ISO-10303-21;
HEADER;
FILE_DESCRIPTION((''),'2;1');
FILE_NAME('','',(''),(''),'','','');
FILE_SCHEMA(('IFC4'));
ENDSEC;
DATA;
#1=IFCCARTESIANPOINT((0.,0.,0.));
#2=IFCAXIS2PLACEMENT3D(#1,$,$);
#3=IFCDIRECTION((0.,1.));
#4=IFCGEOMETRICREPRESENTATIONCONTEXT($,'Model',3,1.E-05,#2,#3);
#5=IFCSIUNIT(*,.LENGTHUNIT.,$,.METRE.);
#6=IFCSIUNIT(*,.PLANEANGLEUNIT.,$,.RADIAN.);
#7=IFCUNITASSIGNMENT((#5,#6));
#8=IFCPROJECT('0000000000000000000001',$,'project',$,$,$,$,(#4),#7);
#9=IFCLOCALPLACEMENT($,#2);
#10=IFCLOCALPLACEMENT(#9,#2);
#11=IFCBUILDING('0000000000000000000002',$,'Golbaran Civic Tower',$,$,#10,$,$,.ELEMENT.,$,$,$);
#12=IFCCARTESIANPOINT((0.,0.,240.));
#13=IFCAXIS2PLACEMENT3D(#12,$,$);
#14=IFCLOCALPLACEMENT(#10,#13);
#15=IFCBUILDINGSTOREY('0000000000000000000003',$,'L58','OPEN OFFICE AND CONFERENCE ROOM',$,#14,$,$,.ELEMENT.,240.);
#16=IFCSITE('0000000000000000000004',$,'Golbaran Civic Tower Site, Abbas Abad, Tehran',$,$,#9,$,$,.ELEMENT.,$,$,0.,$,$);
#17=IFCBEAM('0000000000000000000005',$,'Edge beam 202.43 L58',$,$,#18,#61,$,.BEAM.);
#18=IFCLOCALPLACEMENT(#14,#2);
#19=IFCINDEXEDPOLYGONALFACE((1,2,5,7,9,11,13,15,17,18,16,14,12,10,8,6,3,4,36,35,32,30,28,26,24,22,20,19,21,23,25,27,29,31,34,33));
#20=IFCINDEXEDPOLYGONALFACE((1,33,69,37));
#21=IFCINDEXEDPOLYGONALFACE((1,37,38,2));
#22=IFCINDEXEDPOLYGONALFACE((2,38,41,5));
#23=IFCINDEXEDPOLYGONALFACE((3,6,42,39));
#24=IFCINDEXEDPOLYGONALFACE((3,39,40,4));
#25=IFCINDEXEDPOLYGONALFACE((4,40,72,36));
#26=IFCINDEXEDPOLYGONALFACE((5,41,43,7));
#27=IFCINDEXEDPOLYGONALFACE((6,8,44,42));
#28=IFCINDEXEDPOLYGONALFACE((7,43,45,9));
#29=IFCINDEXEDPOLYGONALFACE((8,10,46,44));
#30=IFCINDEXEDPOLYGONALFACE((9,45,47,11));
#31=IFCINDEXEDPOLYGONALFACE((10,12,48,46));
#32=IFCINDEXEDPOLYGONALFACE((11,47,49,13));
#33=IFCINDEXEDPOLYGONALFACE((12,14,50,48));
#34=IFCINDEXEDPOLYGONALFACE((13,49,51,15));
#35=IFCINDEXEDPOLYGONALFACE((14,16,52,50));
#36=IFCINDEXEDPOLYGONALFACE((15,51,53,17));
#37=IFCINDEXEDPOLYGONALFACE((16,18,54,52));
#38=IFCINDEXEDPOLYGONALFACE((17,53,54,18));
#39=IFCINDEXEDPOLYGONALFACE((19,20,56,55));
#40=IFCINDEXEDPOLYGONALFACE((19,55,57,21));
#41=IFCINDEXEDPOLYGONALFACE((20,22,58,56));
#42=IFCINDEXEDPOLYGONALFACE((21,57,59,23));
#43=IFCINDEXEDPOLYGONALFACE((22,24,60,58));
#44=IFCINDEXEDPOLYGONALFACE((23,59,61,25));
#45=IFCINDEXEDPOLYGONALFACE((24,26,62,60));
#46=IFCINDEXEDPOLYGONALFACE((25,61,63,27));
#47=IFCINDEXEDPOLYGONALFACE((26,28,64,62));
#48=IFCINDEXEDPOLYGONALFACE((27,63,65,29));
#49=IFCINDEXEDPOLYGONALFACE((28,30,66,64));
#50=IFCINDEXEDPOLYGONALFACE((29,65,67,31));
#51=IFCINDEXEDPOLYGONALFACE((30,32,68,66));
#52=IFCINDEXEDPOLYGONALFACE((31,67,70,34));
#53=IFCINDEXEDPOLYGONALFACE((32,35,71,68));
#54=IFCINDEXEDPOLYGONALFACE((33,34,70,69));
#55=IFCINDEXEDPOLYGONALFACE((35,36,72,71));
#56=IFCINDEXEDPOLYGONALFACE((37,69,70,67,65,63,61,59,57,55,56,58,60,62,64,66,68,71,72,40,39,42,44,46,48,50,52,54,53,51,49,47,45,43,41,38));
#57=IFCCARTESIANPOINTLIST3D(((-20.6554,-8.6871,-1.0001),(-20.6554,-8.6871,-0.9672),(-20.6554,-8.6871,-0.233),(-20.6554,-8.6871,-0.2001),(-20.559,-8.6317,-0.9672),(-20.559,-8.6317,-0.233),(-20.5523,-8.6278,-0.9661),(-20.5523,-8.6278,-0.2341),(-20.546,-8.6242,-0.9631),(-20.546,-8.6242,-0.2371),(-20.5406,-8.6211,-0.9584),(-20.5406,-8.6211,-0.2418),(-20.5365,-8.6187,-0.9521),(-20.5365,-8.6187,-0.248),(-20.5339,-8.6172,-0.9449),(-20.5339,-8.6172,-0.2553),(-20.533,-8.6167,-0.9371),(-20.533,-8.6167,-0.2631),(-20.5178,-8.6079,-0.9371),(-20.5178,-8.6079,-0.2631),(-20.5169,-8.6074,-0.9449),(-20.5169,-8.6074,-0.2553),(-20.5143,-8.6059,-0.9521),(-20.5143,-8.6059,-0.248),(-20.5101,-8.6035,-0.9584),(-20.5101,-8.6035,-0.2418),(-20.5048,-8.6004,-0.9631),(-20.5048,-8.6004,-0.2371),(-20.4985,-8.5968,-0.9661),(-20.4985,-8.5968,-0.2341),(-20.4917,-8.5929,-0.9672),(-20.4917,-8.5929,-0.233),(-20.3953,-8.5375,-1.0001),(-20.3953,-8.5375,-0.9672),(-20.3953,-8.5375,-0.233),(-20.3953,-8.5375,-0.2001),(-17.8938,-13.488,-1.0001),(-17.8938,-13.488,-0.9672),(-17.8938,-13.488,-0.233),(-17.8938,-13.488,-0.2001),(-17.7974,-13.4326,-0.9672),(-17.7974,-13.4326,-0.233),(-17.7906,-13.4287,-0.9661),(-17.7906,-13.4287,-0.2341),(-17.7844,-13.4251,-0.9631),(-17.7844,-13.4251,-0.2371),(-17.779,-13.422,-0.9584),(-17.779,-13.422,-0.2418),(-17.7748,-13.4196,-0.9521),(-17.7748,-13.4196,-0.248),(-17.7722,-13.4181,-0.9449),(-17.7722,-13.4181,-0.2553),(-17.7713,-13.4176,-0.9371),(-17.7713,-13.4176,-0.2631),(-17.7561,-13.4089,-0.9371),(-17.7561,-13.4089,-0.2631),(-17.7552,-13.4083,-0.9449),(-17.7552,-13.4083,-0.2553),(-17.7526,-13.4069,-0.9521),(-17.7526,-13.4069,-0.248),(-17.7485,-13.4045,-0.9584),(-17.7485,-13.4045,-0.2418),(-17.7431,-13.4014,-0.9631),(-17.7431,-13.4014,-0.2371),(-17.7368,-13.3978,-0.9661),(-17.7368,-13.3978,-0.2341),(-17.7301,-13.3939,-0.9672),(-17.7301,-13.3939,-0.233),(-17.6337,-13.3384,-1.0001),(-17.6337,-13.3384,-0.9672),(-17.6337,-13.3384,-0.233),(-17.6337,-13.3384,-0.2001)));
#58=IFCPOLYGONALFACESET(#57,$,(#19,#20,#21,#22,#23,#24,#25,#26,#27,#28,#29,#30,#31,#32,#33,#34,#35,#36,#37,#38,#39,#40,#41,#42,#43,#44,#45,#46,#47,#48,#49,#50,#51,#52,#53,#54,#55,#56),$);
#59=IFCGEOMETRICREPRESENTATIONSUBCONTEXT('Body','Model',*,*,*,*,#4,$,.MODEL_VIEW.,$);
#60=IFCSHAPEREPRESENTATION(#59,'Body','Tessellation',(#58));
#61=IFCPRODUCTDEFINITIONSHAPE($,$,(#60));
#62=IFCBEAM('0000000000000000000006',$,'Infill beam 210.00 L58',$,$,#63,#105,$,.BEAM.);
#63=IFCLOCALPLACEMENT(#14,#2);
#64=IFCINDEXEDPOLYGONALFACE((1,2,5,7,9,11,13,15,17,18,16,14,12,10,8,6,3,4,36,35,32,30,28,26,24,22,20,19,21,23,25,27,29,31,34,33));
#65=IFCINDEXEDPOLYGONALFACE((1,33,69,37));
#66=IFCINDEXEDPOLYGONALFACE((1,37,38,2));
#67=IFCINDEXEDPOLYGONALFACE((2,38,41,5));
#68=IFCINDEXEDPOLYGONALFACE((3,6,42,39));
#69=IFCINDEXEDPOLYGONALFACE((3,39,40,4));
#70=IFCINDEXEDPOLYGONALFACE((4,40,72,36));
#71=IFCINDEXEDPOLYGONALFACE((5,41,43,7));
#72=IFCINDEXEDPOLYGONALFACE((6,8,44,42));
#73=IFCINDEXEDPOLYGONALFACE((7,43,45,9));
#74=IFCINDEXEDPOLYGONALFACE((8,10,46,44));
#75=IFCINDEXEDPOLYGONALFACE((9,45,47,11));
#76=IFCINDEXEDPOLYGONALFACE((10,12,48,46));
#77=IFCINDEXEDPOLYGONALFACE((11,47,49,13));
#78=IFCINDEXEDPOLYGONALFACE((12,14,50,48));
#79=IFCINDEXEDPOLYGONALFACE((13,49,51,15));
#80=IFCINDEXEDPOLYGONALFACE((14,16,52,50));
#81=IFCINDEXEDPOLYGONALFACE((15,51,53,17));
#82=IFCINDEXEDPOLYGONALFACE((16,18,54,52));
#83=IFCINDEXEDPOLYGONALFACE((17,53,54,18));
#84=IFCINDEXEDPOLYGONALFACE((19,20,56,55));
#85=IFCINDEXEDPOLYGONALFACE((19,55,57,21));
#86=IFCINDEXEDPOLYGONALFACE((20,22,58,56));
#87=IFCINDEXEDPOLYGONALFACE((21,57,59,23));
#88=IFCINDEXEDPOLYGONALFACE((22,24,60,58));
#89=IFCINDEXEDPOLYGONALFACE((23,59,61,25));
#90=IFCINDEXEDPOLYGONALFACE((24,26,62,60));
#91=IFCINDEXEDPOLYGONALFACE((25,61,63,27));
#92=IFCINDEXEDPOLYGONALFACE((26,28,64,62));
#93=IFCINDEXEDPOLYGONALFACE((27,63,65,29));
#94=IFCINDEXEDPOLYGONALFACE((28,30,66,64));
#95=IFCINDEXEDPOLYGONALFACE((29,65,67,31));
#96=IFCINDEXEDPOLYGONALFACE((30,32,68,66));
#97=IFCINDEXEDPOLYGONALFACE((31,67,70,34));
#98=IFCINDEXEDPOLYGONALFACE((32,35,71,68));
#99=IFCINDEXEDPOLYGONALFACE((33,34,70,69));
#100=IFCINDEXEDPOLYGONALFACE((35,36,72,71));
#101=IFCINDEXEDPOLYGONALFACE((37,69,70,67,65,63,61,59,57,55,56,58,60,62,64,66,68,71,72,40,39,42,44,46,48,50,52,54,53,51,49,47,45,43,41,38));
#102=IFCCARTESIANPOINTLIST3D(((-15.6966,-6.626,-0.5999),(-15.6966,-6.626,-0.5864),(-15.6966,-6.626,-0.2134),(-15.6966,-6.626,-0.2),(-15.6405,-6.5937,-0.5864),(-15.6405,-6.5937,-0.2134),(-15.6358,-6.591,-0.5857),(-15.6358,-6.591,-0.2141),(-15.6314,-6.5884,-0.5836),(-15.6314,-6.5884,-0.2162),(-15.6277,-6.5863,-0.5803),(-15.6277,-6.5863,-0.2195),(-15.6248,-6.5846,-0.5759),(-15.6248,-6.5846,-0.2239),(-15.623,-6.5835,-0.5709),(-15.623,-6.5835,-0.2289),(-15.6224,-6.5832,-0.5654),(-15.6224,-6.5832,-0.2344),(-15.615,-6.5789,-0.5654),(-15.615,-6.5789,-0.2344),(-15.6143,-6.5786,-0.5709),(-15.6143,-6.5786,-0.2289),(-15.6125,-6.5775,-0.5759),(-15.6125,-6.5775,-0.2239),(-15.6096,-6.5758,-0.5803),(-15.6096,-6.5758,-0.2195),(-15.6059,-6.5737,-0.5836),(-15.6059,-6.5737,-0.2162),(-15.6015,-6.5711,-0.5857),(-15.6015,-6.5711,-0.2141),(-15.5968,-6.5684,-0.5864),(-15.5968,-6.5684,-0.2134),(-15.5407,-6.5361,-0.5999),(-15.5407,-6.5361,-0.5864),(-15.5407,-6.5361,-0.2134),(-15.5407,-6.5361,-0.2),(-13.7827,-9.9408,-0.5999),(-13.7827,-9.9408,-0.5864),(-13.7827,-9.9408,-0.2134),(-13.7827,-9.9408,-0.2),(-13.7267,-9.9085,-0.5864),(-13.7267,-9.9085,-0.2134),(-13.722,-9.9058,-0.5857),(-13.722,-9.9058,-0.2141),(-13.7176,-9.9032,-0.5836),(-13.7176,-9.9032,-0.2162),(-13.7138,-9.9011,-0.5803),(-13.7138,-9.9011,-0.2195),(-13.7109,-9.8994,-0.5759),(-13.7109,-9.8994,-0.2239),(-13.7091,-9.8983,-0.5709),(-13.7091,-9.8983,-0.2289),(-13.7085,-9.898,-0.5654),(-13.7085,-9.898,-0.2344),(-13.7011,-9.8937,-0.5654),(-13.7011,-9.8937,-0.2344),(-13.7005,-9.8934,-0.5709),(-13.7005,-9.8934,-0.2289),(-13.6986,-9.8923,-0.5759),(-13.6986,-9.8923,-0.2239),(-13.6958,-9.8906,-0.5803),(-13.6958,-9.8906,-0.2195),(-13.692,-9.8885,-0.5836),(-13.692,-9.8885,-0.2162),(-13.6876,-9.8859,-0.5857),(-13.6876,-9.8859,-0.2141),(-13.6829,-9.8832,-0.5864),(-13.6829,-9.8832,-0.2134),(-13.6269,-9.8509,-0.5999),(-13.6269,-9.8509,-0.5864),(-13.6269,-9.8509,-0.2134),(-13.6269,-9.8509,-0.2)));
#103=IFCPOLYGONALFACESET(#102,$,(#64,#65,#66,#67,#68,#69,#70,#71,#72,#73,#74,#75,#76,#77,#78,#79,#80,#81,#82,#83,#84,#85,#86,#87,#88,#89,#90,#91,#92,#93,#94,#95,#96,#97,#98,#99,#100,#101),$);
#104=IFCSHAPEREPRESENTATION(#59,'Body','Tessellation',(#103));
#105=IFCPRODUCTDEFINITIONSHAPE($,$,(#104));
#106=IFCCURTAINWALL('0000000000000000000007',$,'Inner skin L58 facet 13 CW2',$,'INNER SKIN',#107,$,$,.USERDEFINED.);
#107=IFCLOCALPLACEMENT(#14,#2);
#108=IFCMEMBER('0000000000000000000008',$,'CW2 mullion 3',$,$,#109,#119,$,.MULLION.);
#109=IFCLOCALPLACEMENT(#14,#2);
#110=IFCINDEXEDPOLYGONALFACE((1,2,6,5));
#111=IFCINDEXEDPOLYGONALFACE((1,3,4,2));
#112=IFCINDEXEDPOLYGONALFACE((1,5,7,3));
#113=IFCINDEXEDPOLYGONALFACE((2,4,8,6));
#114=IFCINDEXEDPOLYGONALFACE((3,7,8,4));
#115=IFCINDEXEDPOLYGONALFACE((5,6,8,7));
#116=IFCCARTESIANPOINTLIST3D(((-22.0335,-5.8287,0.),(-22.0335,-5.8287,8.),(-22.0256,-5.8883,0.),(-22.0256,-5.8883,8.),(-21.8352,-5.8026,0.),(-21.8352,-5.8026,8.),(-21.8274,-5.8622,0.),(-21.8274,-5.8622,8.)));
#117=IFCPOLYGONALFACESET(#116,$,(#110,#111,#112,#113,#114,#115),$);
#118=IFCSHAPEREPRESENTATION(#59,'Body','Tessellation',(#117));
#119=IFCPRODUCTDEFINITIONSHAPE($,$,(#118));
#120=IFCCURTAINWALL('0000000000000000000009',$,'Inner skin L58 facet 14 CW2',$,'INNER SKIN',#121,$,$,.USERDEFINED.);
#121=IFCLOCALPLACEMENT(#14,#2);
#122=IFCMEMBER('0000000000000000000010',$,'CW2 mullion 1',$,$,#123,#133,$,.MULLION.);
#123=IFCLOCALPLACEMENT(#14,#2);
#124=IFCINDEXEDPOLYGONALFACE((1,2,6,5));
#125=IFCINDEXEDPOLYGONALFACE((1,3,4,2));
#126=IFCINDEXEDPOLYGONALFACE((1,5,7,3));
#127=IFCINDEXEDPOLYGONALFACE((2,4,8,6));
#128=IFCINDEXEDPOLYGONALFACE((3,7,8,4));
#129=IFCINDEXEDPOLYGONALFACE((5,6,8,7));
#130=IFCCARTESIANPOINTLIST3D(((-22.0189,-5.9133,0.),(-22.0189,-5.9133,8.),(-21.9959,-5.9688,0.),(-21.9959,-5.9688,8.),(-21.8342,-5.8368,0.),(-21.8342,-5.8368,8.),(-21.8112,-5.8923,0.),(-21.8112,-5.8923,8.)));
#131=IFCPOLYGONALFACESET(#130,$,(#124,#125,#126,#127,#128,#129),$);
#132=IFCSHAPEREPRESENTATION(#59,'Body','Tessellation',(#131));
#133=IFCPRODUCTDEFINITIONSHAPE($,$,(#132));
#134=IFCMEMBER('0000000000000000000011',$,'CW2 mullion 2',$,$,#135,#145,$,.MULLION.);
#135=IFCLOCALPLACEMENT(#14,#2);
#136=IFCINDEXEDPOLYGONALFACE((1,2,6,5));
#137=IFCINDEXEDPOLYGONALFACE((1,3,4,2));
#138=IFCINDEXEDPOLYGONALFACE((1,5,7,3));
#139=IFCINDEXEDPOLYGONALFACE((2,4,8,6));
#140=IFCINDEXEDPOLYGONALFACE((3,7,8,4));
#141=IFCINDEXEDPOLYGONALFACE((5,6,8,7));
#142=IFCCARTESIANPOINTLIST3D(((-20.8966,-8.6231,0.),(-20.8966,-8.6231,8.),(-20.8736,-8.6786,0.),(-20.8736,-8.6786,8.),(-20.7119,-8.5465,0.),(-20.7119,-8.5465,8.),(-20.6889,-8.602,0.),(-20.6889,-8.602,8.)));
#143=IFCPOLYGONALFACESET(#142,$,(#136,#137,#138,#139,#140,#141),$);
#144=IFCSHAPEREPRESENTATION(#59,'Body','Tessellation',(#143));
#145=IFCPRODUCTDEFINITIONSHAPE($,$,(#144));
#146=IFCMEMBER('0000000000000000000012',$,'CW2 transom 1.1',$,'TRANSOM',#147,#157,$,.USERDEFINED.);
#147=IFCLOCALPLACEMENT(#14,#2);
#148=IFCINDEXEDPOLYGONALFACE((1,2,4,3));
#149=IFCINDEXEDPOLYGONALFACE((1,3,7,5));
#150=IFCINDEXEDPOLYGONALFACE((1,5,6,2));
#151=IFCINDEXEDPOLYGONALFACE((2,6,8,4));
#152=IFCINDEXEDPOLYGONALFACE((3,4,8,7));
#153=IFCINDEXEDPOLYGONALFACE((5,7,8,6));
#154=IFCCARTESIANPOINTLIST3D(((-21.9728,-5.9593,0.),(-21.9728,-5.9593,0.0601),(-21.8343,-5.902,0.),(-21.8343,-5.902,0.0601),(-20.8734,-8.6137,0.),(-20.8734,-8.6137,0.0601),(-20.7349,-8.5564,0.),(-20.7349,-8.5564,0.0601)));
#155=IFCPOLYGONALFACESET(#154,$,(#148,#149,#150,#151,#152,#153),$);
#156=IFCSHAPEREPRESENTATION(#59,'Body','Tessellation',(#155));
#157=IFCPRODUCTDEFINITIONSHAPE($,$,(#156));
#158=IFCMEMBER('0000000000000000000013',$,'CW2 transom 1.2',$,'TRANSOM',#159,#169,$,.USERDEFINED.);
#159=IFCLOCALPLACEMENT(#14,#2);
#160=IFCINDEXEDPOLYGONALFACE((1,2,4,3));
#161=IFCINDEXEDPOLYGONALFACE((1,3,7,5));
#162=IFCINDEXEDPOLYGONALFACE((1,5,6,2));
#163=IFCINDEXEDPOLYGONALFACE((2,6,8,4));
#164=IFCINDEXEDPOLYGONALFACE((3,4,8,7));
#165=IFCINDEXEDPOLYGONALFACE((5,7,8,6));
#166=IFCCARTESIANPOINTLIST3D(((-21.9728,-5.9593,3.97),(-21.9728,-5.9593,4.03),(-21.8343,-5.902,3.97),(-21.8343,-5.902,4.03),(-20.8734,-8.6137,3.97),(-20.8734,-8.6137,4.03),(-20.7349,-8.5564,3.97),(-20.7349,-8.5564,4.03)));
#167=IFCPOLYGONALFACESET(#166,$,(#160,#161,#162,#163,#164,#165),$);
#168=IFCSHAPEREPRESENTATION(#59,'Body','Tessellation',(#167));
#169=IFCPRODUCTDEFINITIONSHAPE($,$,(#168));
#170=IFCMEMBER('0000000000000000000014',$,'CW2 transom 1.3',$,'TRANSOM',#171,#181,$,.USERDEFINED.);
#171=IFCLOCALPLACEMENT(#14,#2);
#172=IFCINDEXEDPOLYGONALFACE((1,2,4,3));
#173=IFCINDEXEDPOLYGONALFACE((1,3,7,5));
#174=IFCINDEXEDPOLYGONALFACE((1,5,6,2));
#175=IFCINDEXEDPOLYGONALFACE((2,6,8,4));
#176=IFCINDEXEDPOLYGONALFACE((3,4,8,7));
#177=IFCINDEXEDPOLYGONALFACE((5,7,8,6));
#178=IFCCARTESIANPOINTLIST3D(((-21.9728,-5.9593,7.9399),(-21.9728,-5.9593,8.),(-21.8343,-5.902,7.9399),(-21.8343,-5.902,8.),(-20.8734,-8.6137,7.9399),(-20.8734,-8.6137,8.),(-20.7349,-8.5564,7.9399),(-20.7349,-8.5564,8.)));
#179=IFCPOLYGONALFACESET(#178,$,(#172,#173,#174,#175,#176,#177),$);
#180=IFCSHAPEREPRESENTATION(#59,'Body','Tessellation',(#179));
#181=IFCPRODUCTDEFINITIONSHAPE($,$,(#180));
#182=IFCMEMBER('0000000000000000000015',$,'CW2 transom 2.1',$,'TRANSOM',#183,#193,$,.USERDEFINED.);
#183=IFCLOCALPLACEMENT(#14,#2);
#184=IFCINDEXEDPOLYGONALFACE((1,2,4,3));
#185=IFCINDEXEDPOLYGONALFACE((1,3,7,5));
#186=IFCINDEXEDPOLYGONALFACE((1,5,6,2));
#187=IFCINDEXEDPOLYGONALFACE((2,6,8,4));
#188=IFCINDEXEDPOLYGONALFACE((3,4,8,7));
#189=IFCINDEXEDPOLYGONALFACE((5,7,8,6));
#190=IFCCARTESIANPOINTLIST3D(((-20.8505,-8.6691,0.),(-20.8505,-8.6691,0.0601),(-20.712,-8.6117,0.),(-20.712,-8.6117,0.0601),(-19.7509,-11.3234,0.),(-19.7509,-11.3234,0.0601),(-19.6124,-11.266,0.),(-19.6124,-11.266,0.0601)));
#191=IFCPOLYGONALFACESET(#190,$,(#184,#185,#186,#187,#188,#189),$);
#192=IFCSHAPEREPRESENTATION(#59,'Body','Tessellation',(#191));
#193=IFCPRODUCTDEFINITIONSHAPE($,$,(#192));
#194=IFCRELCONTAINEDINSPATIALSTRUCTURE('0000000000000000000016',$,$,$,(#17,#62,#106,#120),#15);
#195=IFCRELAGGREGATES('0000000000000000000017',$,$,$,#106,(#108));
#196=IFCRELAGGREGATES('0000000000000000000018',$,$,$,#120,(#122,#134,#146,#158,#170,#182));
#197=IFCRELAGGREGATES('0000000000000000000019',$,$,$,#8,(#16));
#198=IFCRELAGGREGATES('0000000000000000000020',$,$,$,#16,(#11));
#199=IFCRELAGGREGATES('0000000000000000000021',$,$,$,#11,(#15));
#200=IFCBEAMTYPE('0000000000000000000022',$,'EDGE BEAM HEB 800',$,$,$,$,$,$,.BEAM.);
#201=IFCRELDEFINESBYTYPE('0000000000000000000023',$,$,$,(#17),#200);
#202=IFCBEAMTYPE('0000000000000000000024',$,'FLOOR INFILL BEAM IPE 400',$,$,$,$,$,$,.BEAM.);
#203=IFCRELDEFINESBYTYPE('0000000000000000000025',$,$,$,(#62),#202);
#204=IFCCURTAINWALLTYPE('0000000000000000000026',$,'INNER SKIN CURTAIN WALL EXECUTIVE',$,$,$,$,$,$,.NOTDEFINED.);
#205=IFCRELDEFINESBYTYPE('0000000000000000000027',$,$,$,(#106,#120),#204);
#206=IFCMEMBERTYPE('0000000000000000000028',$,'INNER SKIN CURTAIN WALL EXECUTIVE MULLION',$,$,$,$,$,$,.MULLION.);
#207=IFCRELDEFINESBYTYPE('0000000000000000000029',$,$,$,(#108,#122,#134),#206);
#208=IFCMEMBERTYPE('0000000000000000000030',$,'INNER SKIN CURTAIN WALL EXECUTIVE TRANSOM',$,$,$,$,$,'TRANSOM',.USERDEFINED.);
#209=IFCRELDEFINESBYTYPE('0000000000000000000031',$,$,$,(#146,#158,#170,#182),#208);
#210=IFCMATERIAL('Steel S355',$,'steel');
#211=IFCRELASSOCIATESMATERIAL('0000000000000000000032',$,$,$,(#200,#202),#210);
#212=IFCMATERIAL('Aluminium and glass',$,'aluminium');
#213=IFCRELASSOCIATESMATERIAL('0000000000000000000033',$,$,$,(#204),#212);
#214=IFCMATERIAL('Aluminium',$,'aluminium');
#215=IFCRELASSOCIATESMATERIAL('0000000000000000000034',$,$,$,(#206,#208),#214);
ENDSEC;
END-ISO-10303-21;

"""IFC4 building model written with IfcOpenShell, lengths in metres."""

from ifc_helpers import new_model, si_unit, direction, frame, origin, origin_2d, place, context, subcontext, project, spatial, rectangle, i_section, extrude, material, material_profile, profile_set, type_object, element, aggregate, save


model = new_model("IFC4")

# Units and contexts
model_context = context("Model", 3, precision=1e-05, world=origin(), true_north=direction((0.0, 1.0)))
body_context = subcontext(model_context, "Body", "Model", "MODEL_VIEW")
ifc_project = project(units=[si_unit("LENGTHUNIT", "METRE"), si_unit("PLANEANGLEUNIT", "RADIAN")], contexts=[model_context])

# Site, building, storey
site_placement = place(None, origin())
site = spatial("IfcSite", under=ifc_project, at=site_placement, Name="Golbaran Civic Tower Site, Abbas Abad, Tehran", CompositionType="ELEMENT", RefElevation=0.0)
building_placement = place(site_placement, origin())
building = spatial("IfcBuilding", under=site, at=building_placement, Name="Golbaran Civic Tower", CompositionType="ELEMENT")
storey_placement = place(building_placement, frame((0.0, 0.0, 240.0)))
storey = spatial("IfcBuildingStorey", under=building, at=storey_placement, Name="L58", Description="OPEN OFFICE AND CONFERENCE ROOM", CompositionType="ELEMENT", Elevation=240.0)

# Beams
ifc_material_1 = material(Name="Steel S355", Category="steel")
ifc_material_profile_1 = material_profile(ifc_material_1, i_section(OverallWidth=0.3, OverallDepth=0.8, WebThickness=0.0176, FlangeThickness=0.033, FilletRadius=0.03, at=origin_2d()), Name="HEB 800")
ifc_profile_set_1 = profile_set([ifc_material_profile_1], Name="Steel S355")
beam_type_1 = type_object("IfcBeamType", Name="EDGE BEAM HEB 800", PredefinedType="BEAM", material=ifc_profile_set_1)
beam_1_placement = place(storey_placement, frame((-20.5254, -8.6123, -0.6001), z_axis=(0.498624, -0.866818, 0.0), x_axis=(0.866818, 0.498624, 0.0)))
element("IfcBeam", 1, at=beam_1_placement, inside=storey, type_object=beam_type_1, Name="Edge beam 202.43 L58", PredefinedType="BEAM", context=body_context, shape_type="SweptSolid", body=[
    extrude(i_section(OverallWidth=0.3, OverallDepth=0.8, WebThickness=0.0176, FlangeThickness=0.033, FilletRadius=0.03, at=origin_2d()), origin(), (0.0, 0.0, 1.0), 5.5386),
])
ifc_material_profile_2 = material_profile(ifc_material_1, i_section(OverallWidth=0.1799, OverallDepth=0.3999, WebThickness=0.0085, FlangeThickness=0.0134, FilletRadius=0.021, at=origin_2d()), Name="IPE 400")
ifc_profile_set_2 = profile_set([ifc_material_profile_2], Name="Steel S355")
beam_type_2 = type_object("IfcBeamType", Name="FLOOR INFILL BEAM IPE 400", PredefinedType="BEAM", material=ifc_profile_set_2)
beam_2_placement = place(storey_placement, frame((-15.6187, -6.5811, -0.3999), z_axis=(0.500015, -0.866017, 0.0), x_axis=(0.866017, 0.500015, 0.0)))
element("IfcBeam", 2, at=beam_2_placement, inside=storey, type_object=beam_type_2, Name="Infill beam 210.00 L58", PredefinedType="BEAM", context=body_context, shape_type="SweptSolid", body=[
    extrude(i_section(OverallWidth=0.1799, OverallDepth=0.3999, WebThickness=0.0085, FlangeThickness=0.0134, FilletRadius=0.021, at=origin_2d()), origin(), (0.0, 0.0, 1.0), 3.8276),
])

# Curtain wall, member
ifc_material_2 = material(Name="Aluminium and glass", Category="aluminium")
curtain_wall_type = type_object("IfcCurtainWallType", Name="INNER SKIN CURTAIN WALL EXECUTIVE", PredefinedType="NOTDEFINED", material=ifc_material_2)
curtain_wall_1_placement = place(storey_placement, origin())
curtain_wall_1 = element("IfcCurtainWall", 3, at=curtain_wall_1_placement, inside=storey, type_object=curtain_wall_type, Name="Inner skin L58 facet 13 CW2", ObjectType="INNER SKIN", PredefinedType="USERDEFINED")
ifc_material_3 = material(Name="Aluminium", Category="aluminium")
ifc_material_profile_3 = material_profile(ifc_material_3, rectangle(XDim=0.2, YDim=0.0601, at=origin_2d()), Name="INNER SKIN CURTAIN WALL EXECUTIVE MULLION")
ifc_profile_set_3 = profile_set([ifc_material_profile_3], Name="Aluminium")
member_type_1 = type_object("IfcMemberType", Name="INNER SKIN CURTAIN WALL EXECUTIVE MULLION", PredefinedType="MULLION", material=ifc_profile_set_3)
member_1_placement = place(storey_placement, frame((-21.9304, -5.8455, 0.0), z_axis=(0.0, 0.0, 1.0), x_axis=(0.991445, 0.130526, 0.0)))
member_1 = element("IfcMember", 4, at=member_1_placement, type_object=member_type_1, Name="CW2 mullion 3", PredefinedType="MULLION", context=body_context, shape_type="SweptSolid", body=[
    extrude(rectangle(XDim=0.2, YDim=0.0601, at=origin_2d()), origin(), (0.0, 0.0, 1.0), 8.0),
])

# Curtain wall, members
curtain_wall_2_placement = place(storey_placement, origin())
curtain_wall_2 = element("IfcCurtainWall", 5, at=curtain_wall_2_placement, inside=storey, type_object=curtain_wall_type, Name="Inner skin L58 facet 14 CW2", ObjectType="INNER SKIN", PredefinedType="USERDEFINED")
member_2_placement = place(storey_placement, frame((-21.915, -5.9028, 0.0), z_axis=(0.0, 0.0, 1.0), x_axis=(0.92388, 0.382683, 0.0)))
member_2 = element("IfcMember", 6, at=member_2_placement, type_object=member_type_1, Name="CW2 mullion 1", PredefinedType="MULLION", context=body_context, shape_type="SweptSolid", body=[
    extrude(rectangle(XDim=0.2, YDim=0.0601, at=origin_2d()), origin(), (0.0, 0.0, 1.0), 8.0),
])
member_3_placement = place(storey_placement, frame((-20.7927, -8.6125, 0.0), z_axis=(0.0, 0.0, 1.0), x_axis=(0.92388, 0.382683, 0.0)))
member_3 = element("IfcMember", 7, at=member_3_placement, type_object=member_type_1, Name="CW2 mullion 2", PredefinedType="MULLION", context=body_context, shape_type="SweptSolid", body=[
    extrude(rectangle(XDim=0.2, YDim=0.0601, at=origin_2d()), origin(), (0.0, 0.0, 1.0), 8.0),
])
ifc_material_profile_4 = material_profile(ifc_material_3, rectangle(XDim=0.1499, YDim=0.0601, at=origin_2d()), Name="INNER SKIN CURTAIN WALL EXECUTIVE TRANSOM")
ifc_profile_set_4 = profile_set([ifc_material_profile_4], Name="Aluminium")
member_type_2 = type_object("IfcMemberType", Name="INNER SKIN CURTAIN WALL EXECUTIVE TRANSOM", ElementType="TRANSOM", PredefinedType="USERDEFINED", material=ifc_profile_set_4)
member_4_placement = place(storey_placement, frame((-21.9036, -5.9307, 0.03), z_axis=(0.38266, -0.923889, 0.0), x_axis=(0.923889, 0.38266, 0.0)))
member_4 = element("IfcMember", 8, at=member_4_placement, type_object=member_type_2, Name="CW2 transom 1.1", ObjectType="TRANSOM", PredefinedType="USERDEFINED", context=body_context, shape_type="SweptSolid", body=[
    extrude(rectangle(XDim=0.1499, YDim=0.0601, at=origin_2d()), origin(), (0.0, 0.0, 1.0), 2.873),
])
member_5_placement = place(storey_placement, frame((-21.9036, -5.9307, 4.0), z_axis=(0.38266, -0.923889, 0.0), x_axis=(0.923889, 0.38266, 0.0)))
member_5 = element("IfcMember", 9, at=member_5_placement, type_object=member_type_2, Name="CW2 transom 1.2", ObjectType="TRANSOM", PredefinedType="USERDEFINED", context=body_context, shape_type="SweptSolid", body=[
    extrude(rectangle(XDim=0.1499, YDim=0.0601, at=origin_2d()), origin(), (0.0, 0.0, 1.0), 2.873),
])
member_6_placement = place(storey_placement, frame((-21.9036, -5.9307, 7.97), z_axis=(0.38266, -0.923889, 0.0), x_axis=(0.923889, 0.38266, 0.0)))
member_6 = element("IfcMember", 10, at=member_6_placement, type_object=member_type_2, Name="CW2 transom 1.3", ObjectType="TRANSOM", PredefinedType="USERDEFINED", context=body_context, shape_type="SweptSolid", body=[
    extrude(rectangle(XDim=0.1499, YDim=0.0601, at=origin_2d()), origin(), (0.0, 0.0, 1.0), 2.873),
])
member_7_placement = place(storey_placement, frame((-20.7812, -8.6404, 0.03), z_axis=(0.382732, -0.923859, 0.0), x_axis=(0.923859, 0.382732, 0.0)))
member_7 = element("IfcMember", 11, at=member_7_placement, type_object=member_type_2, Name="CW2 transom 2.1", ObjectType="TRANSOM", PredefinedType="USERDEFINED", context=body_context, shape_type="SweptSolid", body=[
    extrude(rectangle(XDim=0.1499, YDim=0.0601, at=origin_2d()), origin(), (0.0, 0.0, 1.0), 2.873),
])

aggregate(curtain_wall_1, [member_1])
aggregate(curtain_wall_2, [member_2, member_3, member_4, member_5, member_6, member_7])

save(model, "model.ifc")
